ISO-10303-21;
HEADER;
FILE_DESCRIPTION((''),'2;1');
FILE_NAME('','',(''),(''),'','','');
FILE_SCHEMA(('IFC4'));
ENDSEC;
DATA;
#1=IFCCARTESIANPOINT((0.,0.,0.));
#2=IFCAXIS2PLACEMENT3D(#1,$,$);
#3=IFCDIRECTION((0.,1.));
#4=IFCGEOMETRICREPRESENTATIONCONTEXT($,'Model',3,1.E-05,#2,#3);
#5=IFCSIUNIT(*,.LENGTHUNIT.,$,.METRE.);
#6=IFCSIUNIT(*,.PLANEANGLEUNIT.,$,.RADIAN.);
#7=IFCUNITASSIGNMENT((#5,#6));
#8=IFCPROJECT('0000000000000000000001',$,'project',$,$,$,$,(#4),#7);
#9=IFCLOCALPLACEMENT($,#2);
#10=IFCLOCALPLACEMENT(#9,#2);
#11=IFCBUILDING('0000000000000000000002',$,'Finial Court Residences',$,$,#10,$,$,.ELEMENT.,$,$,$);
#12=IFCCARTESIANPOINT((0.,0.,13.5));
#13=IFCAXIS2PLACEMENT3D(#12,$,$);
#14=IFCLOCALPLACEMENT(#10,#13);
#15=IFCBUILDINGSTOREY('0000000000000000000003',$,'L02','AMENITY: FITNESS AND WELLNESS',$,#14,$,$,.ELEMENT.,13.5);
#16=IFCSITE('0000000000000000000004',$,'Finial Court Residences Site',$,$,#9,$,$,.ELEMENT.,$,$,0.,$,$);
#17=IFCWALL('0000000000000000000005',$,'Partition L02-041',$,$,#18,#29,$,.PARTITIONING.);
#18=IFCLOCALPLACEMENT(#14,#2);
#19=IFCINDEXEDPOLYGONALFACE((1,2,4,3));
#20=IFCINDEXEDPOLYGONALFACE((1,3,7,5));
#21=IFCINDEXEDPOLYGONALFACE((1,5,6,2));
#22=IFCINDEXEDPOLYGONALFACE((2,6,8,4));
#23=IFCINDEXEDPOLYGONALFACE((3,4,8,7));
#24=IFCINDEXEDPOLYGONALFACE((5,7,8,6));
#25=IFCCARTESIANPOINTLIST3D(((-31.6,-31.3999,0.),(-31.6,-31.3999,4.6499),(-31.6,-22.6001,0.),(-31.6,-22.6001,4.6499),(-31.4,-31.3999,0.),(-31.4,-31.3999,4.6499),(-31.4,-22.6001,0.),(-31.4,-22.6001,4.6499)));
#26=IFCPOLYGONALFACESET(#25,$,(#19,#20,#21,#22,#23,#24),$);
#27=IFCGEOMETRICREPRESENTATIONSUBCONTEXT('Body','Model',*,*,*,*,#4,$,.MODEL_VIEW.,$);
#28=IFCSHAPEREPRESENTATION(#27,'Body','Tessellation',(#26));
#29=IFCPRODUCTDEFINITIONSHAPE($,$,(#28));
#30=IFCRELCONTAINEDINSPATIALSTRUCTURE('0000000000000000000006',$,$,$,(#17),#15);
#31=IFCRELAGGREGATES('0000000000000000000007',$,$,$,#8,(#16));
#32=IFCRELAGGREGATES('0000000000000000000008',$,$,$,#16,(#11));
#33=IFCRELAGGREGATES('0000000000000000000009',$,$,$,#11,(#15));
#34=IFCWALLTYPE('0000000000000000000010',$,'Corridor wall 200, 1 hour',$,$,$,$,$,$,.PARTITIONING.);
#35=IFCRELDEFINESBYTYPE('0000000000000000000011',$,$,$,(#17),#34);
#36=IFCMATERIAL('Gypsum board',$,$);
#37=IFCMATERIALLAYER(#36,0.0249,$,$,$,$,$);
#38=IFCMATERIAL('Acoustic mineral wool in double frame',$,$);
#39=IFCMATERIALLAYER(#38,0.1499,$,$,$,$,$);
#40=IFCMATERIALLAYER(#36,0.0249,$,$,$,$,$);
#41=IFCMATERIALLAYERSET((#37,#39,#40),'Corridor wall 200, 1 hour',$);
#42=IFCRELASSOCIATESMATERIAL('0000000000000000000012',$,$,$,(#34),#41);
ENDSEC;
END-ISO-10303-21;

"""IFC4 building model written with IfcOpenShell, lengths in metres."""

from ifc_helpers import new_model, si_unit, direction, frame, frame_2d, origin, place, context, subcontext, project, spatial, rectangle, extrude, material, layer, layer_set, type_object, element, save


model = new_model("IFC4")

# Units and contexts
model_context = context("Model", 3, precision=1e-05, world=origin(), true_north=direction((0.0, 1.0)))
body_context = subcontext(model_context, "Body", "Model", "MODEL_VIEW")
ifc_project = project(units=[si_unit("LENGTHUNIT", "METRE"), si_unit("PLANEANGLEUNIT", "RADIAN")], contexts=[model_context])

# Site, building, storey
site_placement = place(None, origin())
site = spatial("IfcSite", under=ifc_project, at=site_placement, Name="Finial Court Residences Site", CompositionType="ELEMENT", RefElevation=0.0)
building_placement = place(site_placement, origin())
building = spatial("IfcBuilding", under=site, at=building_placement, Name="Finial Court Residences", CompositionType="ELEMENT")
storey_placement = place(building_placement, frame((0.0, 0.0, 13.5)))
storey = spatial("IfcBuildingStorey", under=building, at=storey_placement, Name="L02", Description="AMENITY: FITNESS AND WELLNESS", CompositionType="ELEMENT", Elevation=13.5)

# Wall
ifc_material_1 = material(Name="Gypsum board")
ifc_layer_1 = layer(ifc_material_1, 0.0249)
ifc_material_2 = material(Name="Acoustic mineral wool in double frame")
ifc_layer_2 = layer(ifc_material_2, 0.1499)
ifc_layer_3 = layer(ifc_material_1, 0.0249)
ifc_layer_set_1 = layer_set([ifc_layer_1, ifc_layer_2, ifc_layer_3], Name="Corridor wall 200, 1 hour")
wall_type = type_object("IfcWallType", Name="Corridor wall 200, 1 hour", PredefinedType="PARTITIONING", material=ifc_layer_set_1)
wall_1_placement = place(storey_placement, frame((-31.5, -31.3999, 0.0), z_axis=(0.0, 0.0, 1.0), x_axis=(0.0, 1.0, 0.0)))
element("IfcWall", 1, at=wall_1_placement, inside=storey, type_object=wall_type, Name="Partition L02-041", PredefinedType="PARTITIONING", context=body_context, shape_type="SweptSolid", body=[
    extrude(rectangle(XDim=8.7998, YDim=0.2, at=frame_2d((4.3999, 0.0))), origin(), (0.0, 0.0, 1.0), 4.6499),
])

save(model, "model.ifc")
